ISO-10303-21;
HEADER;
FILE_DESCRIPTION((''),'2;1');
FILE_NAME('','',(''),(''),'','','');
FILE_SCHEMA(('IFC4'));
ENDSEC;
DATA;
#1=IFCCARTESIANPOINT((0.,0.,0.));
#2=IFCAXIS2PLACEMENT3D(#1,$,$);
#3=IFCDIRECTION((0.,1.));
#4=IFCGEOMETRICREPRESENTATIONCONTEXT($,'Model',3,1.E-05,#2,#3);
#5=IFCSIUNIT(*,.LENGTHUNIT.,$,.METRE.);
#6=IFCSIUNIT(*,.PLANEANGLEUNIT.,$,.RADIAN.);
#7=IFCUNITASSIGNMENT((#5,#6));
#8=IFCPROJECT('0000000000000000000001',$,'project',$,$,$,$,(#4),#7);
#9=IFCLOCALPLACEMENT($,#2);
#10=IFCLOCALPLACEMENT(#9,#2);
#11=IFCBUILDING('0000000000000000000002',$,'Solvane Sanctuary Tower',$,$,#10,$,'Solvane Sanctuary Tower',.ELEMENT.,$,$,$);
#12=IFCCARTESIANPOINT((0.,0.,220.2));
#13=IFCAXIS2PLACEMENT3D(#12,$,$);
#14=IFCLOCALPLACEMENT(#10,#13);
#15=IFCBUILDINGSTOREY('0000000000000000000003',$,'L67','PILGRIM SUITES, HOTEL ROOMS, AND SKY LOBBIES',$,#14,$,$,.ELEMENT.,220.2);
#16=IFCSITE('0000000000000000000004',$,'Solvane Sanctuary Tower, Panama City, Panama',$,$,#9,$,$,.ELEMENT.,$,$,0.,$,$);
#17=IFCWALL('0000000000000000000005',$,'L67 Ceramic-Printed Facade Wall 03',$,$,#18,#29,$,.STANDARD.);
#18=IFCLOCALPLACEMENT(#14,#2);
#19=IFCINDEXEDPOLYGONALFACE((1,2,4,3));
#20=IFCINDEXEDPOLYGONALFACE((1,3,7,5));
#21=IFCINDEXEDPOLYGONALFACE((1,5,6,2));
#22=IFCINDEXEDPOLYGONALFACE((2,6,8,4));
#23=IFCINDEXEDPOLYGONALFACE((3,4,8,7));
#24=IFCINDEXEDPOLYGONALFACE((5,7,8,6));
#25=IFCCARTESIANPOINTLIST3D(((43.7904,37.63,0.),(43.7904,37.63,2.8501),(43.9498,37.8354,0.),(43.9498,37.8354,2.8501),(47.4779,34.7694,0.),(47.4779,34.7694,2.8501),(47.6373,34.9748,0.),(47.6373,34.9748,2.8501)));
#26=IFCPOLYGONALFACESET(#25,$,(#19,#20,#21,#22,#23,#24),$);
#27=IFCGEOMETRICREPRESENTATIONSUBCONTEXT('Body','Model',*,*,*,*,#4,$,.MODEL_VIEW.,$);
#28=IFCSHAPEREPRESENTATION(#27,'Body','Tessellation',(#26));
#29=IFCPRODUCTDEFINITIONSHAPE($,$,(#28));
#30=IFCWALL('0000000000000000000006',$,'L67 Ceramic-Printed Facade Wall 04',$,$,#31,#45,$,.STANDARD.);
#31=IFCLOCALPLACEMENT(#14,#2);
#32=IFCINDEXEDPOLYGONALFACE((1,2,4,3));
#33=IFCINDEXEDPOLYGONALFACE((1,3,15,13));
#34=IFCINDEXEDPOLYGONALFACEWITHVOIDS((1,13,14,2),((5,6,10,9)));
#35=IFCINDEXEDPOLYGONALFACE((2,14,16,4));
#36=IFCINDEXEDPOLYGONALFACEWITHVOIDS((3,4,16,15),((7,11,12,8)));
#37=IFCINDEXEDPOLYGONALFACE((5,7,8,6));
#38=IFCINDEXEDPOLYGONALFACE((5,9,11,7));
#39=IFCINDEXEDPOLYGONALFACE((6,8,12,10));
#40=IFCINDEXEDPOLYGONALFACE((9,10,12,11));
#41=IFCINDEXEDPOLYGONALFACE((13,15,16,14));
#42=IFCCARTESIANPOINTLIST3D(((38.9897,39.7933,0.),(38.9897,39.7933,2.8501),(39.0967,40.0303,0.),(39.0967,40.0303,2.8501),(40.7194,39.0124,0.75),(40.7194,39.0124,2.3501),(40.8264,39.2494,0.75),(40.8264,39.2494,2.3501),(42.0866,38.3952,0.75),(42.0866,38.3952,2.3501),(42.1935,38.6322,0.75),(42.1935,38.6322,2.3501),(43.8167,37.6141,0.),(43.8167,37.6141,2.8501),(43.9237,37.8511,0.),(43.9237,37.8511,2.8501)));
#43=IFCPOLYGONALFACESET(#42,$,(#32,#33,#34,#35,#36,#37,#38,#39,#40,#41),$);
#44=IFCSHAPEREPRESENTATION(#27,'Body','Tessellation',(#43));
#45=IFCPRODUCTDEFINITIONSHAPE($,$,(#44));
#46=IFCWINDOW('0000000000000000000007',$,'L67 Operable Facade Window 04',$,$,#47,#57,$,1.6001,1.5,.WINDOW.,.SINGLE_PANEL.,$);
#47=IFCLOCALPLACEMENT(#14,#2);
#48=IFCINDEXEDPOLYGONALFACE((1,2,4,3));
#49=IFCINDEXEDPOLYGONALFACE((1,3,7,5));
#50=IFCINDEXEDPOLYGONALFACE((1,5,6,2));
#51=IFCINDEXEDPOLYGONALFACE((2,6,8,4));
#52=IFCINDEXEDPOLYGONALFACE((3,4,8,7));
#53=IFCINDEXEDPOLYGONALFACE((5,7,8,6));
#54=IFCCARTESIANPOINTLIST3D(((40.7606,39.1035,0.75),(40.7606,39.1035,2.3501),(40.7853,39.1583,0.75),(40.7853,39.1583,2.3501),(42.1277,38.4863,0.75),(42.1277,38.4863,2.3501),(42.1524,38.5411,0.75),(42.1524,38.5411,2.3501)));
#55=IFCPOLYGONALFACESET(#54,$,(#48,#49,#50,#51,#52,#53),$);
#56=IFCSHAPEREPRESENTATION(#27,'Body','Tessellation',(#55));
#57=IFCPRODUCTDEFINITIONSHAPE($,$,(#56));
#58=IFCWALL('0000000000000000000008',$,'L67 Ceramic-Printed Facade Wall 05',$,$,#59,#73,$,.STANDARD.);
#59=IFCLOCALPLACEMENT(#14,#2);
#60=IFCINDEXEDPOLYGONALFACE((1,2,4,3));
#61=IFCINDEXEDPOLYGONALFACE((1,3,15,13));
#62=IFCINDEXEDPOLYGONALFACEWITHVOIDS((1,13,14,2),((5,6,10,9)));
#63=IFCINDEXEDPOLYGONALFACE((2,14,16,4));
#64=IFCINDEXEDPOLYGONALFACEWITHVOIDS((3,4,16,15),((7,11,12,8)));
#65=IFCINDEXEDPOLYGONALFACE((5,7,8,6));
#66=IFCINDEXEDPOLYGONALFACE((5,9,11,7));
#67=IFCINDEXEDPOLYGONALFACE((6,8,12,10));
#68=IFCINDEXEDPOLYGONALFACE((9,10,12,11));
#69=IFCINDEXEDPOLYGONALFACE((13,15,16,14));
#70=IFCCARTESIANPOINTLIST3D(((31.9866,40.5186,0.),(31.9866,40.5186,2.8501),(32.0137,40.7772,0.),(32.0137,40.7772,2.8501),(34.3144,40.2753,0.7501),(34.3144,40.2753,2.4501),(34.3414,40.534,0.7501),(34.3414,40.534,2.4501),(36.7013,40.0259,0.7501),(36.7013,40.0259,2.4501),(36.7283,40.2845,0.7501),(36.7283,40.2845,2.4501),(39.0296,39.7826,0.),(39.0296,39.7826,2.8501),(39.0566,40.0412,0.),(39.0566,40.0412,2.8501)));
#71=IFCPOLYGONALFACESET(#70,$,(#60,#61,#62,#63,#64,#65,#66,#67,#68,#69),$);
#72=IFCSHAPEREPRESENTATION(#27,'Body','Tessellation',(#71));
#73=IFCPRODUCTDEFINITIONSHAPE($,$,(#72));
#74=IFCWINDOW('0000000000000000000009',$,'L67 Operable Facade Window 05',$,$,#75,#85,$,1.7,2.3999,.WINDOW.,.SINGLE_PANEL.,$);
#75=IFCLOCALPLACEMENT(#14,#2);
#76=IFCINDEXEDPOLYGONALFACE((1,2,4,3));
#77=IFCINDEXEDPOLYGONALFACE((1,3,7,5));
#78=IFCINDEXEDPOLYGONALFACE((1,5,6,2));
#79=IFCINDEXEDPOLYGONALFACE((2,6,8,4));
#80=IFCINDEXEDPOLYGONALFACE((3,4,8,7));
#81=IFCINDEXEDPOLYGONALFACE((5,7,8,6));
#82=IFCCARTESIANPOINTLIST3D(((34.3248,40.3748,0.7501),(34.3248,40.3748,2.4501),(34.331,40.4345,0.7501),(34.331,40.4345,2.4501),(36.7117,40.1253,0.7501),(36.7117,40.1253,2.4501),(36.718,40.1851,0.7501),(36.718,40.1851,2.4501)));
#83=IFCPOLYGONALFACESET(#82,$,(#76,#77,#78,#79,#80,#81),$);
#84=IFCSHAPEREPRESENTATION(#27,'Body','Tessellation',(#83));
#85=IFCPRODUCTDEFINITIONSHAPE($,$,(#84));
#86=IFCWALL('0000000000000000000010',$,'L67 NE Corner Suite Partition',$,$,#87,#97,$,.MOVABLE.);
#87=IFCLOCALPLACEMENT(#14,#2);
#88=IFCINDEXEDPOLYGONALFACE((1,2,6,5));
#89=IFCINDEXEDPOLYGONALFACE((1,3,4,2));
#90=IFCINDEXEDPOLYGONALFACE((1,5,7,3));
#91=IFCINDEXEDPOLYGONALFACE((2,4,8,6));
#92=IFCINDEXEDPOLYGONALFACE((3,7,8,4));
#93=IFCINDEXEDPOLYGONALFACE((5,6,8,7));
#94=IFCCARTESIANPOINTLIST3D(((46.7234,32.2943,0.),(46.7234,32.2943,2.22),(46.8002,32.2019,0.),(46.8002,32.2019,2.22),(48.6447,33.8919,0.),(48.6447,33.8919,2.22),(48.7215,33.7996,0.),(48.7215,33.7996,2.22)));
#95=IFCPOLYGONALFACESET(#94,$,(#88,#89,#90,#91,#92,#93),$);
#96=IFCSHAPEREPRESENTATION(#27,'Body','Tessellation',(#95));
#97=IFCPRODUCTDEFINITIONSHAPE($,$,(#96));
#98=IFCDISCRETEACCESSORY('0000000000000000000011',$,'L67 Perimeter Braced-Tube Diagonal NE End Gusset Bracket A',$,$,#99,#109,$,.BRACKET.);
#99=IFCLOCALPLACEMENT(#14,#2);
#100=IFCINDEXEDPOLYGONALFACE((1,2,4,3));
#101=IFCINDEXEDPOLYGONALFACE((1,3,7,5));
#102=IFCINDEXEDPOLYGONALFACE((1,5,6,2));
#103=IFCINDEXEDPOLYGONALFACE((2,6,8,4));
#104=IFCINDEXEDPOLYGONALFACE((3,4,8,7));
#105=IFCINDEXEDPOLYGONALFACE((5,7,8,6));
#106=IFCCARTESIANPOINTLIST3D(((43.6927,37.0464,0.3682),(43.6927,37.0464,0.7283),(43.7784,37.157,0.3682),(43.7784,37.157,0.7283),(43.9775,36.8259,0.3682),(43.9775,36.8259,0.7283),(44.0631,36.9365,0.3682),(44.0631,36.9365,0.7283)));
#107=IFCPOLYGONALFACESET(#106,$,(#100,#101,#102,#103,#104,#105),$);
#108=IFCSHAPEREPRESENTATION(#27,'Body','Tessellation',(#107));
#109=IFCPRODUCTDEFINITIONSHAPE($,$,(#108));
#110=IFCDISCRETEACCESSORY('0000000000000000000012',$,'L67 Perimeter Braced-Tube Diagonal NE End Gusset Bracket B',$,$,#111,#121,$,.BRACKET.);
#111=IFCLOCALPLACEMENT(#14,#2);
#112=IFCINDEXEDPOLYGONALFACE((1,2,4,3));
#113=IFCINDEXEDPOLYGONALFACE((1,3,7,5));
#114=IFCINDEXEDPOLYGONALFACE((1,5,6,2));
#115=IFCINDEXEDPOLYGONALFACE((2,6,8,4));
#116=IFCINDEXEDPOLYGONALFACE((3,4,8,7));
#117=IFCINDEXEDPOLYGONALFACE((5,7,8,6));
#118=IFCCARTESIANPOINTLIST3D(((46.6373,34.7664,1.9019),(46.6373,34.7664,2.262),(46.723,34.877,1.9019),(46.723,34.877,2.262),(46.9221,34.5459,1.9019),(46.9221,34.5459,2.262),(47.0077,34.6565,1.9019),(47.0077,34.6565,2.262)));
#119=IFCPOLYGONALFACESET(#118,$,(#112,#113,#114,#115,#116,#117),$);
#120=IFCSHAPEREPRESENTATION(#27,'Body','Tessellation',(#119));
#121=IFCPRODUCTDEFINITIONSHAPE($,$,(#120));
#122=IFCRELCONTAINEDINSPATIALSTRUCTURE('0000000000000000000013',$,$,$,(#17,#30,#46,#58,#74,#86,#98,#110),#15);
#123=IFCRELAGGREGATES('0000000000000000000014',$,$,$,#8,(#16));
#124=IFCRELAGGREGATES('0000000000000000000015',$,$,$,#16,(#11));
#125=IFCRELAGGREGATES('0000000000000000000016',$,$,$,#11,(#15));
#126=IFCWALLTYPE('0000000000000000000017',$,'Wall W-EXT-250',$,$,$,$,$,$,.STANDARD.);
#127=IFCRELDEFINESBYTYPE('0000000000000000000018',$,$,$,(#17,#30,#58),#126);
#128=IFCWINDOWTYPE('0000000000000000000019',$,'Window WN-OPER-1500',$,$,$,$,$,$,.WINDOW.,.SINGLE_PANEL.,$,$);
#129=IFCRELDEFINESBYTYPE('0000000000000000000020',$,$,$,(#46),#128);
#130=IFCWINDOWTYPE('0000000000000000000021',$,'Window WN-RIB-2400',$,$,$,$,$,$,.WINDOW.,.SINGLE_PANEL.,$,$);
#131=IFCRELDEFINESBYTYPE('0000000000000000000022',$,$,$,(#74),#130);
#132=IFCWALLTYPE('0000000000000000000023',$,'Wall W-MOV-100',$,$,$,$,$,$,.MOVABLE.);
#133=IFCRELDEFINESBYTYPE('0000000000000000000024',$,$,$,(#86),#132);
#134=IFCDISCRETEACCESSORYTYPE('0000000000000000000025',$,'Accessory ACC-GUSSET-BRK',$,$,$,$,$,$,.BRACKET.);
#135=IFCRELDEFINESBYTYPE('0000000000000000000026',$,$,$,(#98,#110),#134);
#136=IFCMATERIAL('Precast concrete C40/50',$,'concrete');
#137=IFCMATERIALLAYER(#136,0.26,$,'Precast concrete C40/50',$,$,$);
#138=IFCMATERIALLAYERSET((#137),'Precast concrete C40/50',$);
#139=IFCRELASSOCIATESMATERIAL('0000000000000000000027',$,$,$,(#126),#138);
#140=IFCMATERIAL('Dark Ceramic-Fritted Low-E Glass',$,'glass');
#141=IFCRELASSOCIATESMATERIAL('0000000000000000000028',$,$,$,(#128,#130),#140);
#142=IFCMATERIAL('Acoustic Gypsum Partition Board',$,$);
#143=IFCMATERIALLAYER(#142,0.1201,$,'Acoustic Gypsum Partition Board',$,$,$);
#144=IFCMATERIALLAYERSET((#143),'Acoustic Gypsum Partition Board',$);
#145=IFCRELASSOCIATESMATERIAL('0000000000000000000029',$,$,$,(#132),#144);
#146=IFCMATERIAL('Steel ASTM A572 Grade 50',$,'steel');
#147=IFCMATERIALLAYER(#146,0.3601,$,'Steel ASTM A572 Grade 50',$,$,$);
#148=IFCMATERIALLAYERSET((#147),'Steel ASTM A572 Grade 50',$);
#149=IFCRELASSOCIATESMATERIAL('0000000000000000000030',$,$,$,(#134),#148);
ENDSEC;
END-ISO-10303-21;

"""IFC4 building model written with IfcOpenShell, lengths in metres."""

from ifc_helpers import new_model, si_unit, direction, frame, frame_2d, origin, origin_2d, place, context, subcontext, project, spatial, rectangle, extrude, material, layer, layer_set, type_object, element, fill, save


model = new_model("IFC4")

# Units and contexts
model_context = context("Model", 3, precision=1e-05, world=origin(), true_north=direction((0.0, 1.0)))
body_context = subcontext(model_context, "Body", "Model", "MODEL_VIEW")
ifc_project = project(units=[si_unit("LENGTHUNIT", "METRE"), si_unit("PLANEANGLEUNIT", "RADIAN")], contexts=[model_context])

# Site, building, storey
site_placement = place(None, origin())
site = spatial("IfcSite", under=ifc_project, at=site_placement, Name="Solvane Sanctuary Tower, Panama City, Panama", CompositionType="ELEMENT", RefElevation=0.0)
building_placement = place(site_placement, origin())
building = spatial("IfcBuilding", under=site, at=building_placement, Name="Solvane Sanctuary Tower", LongName="Solvane Sanctuary Tower", CompositionType="ELEMENT")
storey_placement = place(building_placement, frame((0.0, 0.0, 220.2)))
storey = spatial("IfcBuildingStorey", under=building, at=storey_placement, Name="L67", Description="PILGRIM SUITES, HOTEL ROOMS, AND SKY LOBBIES", CompositionType="ELEMENT", Elevation=220.2)

# Shared definitions
ifc_material_1 = material(Name="Acoustic Gypsum Partition Board")

# Shared definitions
ifc_material_2 = material(Name="Precast concrete C40/50", Category="concrete")
ifc_layer_1 = layer(ifc_material_2, 0.26, Name="Precast concrete C40/50")
ifc_layer_set_1 = layer_set([ifc_layer_1], Name="Precast concrete C40/50")
wall_type_1 = type_object("IfcWallType", Name="Wall W-EXT-250", PredefinedType="STANDARD", material=ifc_layer_set_1)
ifc_material_3 = material(Name="Dark Ceramic-Fritted Low-E Glass", Category="glass")

# Wall
wall_1_placement = place(storey_placement, frame((47.5576, 34.8721, 0.0), z_axis=(0.0, 0.0, 1.0), x_axis=(-0.790126, 0.612944, 0.0)))
element("IfcWall", 1, at=wall_1_placement, inside=storey, type_object=wall_type_1, Name="L67 Ceramic-Printed Facade Wall 03", PredefinedType="STANDARD", context=body_context, shape_type="SweptSolid", body=[
    extrude(rectangle(XDim=4.667, YDim=0.26, at=frame_2d((2.3335, 0.0))), origin(), (0.0, 0.0, 1.0), 2.8501),
])

# Walls, openings, windows
wall_2_placement = place(storey_placement, frame((43.8701, 37.7327, 0.0), z_axis=(0.0, 0.0, 1.0), x_axis=(-0.911427, 0.411461, 0.0)))
wall_2 = element("IfcWall", 2, at=wall_2_placement, inside=storey, type_object=wall_type_1, Name="L67 Ceramic-Printed Facade Wall 04", PredefinedType="STANDARD", context=body_context, shape_type="SweptSolid", body=[
    extrude(rectangle(XDim=5.2961, YDim=0.26, at=frame_2d((2.6479, 0.0))), origin(), (0.0, 0.0, 1.0), 2.8501),
])
opening_1_placement = place(wall_2_placement, frame((1.8982, 0.0, 0.75)))
opening_1 = element("IfcOpeningElement", 3, at=opening_1_placement, cuts=wall_2, PredefinedType="OPENING", context=body_context, shape_type="SweptSolid", body=[
    extrude(rectangle(XDim=1.5, YDim=1.6001, at=frame_2d((0.75, 0.8))), frame((0.0, 0.1399, 0.0), z_axis=(0.0, -1.0, 0.0), x_axis=(1.0, 0.0, 0.0)), (0.0, 0.0, 1.0), 0.28),
])
window_type_1 = type_object("IfcWindowType", Name="Window WN-OPER-1500", PartitioningType="SINGLE_PANEL", PredefinedType="WINDOW", material=ifc_material_3)
window_1_placement = place(opening_1_placement, origin())
window_1 = element("IfcWindow", 4, at=window_1_placement, inside=storey, type_object=window_type_1, Name="L67 Operable Facade Window 04", OverallHeight=1.6001, OverallWidth=1.5, PartitioningType="SINGLE_PANEL", PredefinedType="WINDOW", context=body_context, shape_type="SweptSolid", body=[
    extrude(rectangle(XDim=1.5, YDim=1.6001, at=frame_2d((0.75, 0.8))), frame((0.0, 0.03, 0.0), z_axis=(0.0, -1.0, 0.0), x_axis=(1.0, 0.0, 0.0)), (0.0, 0.0, 1.0), 0.0601),
])
fill(opening_1, window_1)
wall_3_placement = place(storey_placement, frame((39.043, 39.9119, 0.0), z_axis=(0.0, 0.0, 1.0), x_axis=(-0.994583, 0.103947, 0.0)))
wall_3 = element("IfcWall", 5, at=wall_3_placement, inside=storey, type_object=wall_type_1, Name="L67 Ceramic-Printed Facade Wall 05", PredefinedType="STANDARD", context=body_context, shape_type="SweptSolid", body=[
    extrude(rectangle(XDim=7.0813, YDim=0.26, at=frame_2d((3.5405, 0.0))), origin(), (0.0, 0.0, 1.0), 2.8501),
])
opening_2_placement = place(wall_3_placement, frame((2.3408, 0.0, 0.75)))
opening_2 = element("IfcOpeningElement", 6, at=opening_2_placement, cuts=wall_3, PredefinedType="OPENING", context=body_context, shape_type="SweptSolid", body=[
    extrude(rectangle(XDim=2.3999, YDim=1.7, at=frame_2d((1.2, 0.8501))), frame((0.0, 0.1399, 0.0), z_axis=(0.0, -1.0, 0.0), x_axis=(1.0, 0.0, 0.0)), (0.0, 0.0, 1.0), 0.28),
])
window_type_2 = type_object("IfcWindowType", Name="Window WN-RIB-2400", PartitioningType="SINGLE_PANEL", PredefinedType="WINDOW", material=ifc_material_3)
window_2_placement = place(opening_2_placement, origin())
window_2 = element("IfcWindow", 7, at=window_2_placement, inside=storey, type_object=window_type_2, Name="L67 Operable Facade Window 05", OverallHeight=1.7, OverallWidth=2.3999, PartitioningType="SINGLE_PANEL", PredefinedType="WINDOW", context=body_context, shape_type="SweptSolid", body=[
    extrude(rectangle(XDim=2.3999, YDim=1.7, at=frame_2d((1.2, 0.8501))), frame((0.0, 0.03, 0.0), z_axis=(0.0, -1.0, 0.0), x_axis=(1.0, 0.0, 0.0)), (0.0, 0.0, 1.0), 0.0601),
])
fill(opening_2, window_2)

# Wall
ifc_layer_2 = layer(ifc_material_1, 0.1201, Name="Acoustic Gypsum Partition Board")
ifc_layer_set_2 = layer_set([ifc_layer_2], Name="Acoustic Gypsum Partition Board")
wall_type_2 = type_object("IfcWallType", Name="Wall W-MOV-100", PredefinedType="MOVABLE", material=ifc_layer_set_2)
wall_4_placement = place(storey_placement, frame((46.7617, 32.248, 0.0), z_axis=(0.0, 0.0, 1.0), x_axis=(0.76891, 0.639358, 0.0)))
element("IfcWall", 8, at=wall_4_placement, inside=storey, type_object=wall_type_2, Name="L67 NE Corner Suite Partition", PredefinedType="MOVABLE", context=body_context, shape_type="SweptSolid", body=[
    extrude(rectangle(XDim=2.4988, YDim=0.1201, at=frame_2d((1.2495, 0.0))), origin(), (0.0, 0.0, 1.0), 2.22),
])

# Discrete accessories
ifc_material_4 = material(Name="Steel ASTM A572 Grade 50", Category="steel")
ifc_layer_3 = layer(ifc_material_4, 0.3601, Name="Steel ASTM A572 Grade 50")
ifc_layer_set_3 = layer_set([ifc_layer_3], Name="Steel ASTM A572 Grade 50")
discrete_accessory_type = type_object("IfcDiscreteAccessoryType", Name="Accessory ACC-GUSSET-BRK", PredefinedType="BRACKET", material=ifc_layer_set_3)
for number, where, z_axis, x_axis, name in (
    (9, (43.8779, 36.9915, 0.3682), (0.0, 0.0, 1.0), (0.79069, -0.612217, 0.0), "L67 Perimeter Braced-Tube Diagonal NE End Gusset Bracket A"),
    (10, (46.8225, 34.7114, 1.9019), (0.0, 0.0, 1.0), (0.79069, -0.612217, 0.0), "L67 Perimeter Braced-Tube Diagonal NE End Gusset Bracket B"),
):
    element("IfcDiscreteAccessory", number, at=place(storey_placement, frame(where, z_axis=z_axis, x_axis=x_axis)), inside=storey, type_object=discrete_accessory_type, Name=name, PredefinedType="BRACKET", context=body_context, shape_type="SweptSolid", body=[
        extrude(rectangle(XDim=0.3601, YDim=0.1399, at=origin_2d()), origin(), (0.0, 0.0, 1.0), 0.3601),
    ])

save(model, "model.ifc")
